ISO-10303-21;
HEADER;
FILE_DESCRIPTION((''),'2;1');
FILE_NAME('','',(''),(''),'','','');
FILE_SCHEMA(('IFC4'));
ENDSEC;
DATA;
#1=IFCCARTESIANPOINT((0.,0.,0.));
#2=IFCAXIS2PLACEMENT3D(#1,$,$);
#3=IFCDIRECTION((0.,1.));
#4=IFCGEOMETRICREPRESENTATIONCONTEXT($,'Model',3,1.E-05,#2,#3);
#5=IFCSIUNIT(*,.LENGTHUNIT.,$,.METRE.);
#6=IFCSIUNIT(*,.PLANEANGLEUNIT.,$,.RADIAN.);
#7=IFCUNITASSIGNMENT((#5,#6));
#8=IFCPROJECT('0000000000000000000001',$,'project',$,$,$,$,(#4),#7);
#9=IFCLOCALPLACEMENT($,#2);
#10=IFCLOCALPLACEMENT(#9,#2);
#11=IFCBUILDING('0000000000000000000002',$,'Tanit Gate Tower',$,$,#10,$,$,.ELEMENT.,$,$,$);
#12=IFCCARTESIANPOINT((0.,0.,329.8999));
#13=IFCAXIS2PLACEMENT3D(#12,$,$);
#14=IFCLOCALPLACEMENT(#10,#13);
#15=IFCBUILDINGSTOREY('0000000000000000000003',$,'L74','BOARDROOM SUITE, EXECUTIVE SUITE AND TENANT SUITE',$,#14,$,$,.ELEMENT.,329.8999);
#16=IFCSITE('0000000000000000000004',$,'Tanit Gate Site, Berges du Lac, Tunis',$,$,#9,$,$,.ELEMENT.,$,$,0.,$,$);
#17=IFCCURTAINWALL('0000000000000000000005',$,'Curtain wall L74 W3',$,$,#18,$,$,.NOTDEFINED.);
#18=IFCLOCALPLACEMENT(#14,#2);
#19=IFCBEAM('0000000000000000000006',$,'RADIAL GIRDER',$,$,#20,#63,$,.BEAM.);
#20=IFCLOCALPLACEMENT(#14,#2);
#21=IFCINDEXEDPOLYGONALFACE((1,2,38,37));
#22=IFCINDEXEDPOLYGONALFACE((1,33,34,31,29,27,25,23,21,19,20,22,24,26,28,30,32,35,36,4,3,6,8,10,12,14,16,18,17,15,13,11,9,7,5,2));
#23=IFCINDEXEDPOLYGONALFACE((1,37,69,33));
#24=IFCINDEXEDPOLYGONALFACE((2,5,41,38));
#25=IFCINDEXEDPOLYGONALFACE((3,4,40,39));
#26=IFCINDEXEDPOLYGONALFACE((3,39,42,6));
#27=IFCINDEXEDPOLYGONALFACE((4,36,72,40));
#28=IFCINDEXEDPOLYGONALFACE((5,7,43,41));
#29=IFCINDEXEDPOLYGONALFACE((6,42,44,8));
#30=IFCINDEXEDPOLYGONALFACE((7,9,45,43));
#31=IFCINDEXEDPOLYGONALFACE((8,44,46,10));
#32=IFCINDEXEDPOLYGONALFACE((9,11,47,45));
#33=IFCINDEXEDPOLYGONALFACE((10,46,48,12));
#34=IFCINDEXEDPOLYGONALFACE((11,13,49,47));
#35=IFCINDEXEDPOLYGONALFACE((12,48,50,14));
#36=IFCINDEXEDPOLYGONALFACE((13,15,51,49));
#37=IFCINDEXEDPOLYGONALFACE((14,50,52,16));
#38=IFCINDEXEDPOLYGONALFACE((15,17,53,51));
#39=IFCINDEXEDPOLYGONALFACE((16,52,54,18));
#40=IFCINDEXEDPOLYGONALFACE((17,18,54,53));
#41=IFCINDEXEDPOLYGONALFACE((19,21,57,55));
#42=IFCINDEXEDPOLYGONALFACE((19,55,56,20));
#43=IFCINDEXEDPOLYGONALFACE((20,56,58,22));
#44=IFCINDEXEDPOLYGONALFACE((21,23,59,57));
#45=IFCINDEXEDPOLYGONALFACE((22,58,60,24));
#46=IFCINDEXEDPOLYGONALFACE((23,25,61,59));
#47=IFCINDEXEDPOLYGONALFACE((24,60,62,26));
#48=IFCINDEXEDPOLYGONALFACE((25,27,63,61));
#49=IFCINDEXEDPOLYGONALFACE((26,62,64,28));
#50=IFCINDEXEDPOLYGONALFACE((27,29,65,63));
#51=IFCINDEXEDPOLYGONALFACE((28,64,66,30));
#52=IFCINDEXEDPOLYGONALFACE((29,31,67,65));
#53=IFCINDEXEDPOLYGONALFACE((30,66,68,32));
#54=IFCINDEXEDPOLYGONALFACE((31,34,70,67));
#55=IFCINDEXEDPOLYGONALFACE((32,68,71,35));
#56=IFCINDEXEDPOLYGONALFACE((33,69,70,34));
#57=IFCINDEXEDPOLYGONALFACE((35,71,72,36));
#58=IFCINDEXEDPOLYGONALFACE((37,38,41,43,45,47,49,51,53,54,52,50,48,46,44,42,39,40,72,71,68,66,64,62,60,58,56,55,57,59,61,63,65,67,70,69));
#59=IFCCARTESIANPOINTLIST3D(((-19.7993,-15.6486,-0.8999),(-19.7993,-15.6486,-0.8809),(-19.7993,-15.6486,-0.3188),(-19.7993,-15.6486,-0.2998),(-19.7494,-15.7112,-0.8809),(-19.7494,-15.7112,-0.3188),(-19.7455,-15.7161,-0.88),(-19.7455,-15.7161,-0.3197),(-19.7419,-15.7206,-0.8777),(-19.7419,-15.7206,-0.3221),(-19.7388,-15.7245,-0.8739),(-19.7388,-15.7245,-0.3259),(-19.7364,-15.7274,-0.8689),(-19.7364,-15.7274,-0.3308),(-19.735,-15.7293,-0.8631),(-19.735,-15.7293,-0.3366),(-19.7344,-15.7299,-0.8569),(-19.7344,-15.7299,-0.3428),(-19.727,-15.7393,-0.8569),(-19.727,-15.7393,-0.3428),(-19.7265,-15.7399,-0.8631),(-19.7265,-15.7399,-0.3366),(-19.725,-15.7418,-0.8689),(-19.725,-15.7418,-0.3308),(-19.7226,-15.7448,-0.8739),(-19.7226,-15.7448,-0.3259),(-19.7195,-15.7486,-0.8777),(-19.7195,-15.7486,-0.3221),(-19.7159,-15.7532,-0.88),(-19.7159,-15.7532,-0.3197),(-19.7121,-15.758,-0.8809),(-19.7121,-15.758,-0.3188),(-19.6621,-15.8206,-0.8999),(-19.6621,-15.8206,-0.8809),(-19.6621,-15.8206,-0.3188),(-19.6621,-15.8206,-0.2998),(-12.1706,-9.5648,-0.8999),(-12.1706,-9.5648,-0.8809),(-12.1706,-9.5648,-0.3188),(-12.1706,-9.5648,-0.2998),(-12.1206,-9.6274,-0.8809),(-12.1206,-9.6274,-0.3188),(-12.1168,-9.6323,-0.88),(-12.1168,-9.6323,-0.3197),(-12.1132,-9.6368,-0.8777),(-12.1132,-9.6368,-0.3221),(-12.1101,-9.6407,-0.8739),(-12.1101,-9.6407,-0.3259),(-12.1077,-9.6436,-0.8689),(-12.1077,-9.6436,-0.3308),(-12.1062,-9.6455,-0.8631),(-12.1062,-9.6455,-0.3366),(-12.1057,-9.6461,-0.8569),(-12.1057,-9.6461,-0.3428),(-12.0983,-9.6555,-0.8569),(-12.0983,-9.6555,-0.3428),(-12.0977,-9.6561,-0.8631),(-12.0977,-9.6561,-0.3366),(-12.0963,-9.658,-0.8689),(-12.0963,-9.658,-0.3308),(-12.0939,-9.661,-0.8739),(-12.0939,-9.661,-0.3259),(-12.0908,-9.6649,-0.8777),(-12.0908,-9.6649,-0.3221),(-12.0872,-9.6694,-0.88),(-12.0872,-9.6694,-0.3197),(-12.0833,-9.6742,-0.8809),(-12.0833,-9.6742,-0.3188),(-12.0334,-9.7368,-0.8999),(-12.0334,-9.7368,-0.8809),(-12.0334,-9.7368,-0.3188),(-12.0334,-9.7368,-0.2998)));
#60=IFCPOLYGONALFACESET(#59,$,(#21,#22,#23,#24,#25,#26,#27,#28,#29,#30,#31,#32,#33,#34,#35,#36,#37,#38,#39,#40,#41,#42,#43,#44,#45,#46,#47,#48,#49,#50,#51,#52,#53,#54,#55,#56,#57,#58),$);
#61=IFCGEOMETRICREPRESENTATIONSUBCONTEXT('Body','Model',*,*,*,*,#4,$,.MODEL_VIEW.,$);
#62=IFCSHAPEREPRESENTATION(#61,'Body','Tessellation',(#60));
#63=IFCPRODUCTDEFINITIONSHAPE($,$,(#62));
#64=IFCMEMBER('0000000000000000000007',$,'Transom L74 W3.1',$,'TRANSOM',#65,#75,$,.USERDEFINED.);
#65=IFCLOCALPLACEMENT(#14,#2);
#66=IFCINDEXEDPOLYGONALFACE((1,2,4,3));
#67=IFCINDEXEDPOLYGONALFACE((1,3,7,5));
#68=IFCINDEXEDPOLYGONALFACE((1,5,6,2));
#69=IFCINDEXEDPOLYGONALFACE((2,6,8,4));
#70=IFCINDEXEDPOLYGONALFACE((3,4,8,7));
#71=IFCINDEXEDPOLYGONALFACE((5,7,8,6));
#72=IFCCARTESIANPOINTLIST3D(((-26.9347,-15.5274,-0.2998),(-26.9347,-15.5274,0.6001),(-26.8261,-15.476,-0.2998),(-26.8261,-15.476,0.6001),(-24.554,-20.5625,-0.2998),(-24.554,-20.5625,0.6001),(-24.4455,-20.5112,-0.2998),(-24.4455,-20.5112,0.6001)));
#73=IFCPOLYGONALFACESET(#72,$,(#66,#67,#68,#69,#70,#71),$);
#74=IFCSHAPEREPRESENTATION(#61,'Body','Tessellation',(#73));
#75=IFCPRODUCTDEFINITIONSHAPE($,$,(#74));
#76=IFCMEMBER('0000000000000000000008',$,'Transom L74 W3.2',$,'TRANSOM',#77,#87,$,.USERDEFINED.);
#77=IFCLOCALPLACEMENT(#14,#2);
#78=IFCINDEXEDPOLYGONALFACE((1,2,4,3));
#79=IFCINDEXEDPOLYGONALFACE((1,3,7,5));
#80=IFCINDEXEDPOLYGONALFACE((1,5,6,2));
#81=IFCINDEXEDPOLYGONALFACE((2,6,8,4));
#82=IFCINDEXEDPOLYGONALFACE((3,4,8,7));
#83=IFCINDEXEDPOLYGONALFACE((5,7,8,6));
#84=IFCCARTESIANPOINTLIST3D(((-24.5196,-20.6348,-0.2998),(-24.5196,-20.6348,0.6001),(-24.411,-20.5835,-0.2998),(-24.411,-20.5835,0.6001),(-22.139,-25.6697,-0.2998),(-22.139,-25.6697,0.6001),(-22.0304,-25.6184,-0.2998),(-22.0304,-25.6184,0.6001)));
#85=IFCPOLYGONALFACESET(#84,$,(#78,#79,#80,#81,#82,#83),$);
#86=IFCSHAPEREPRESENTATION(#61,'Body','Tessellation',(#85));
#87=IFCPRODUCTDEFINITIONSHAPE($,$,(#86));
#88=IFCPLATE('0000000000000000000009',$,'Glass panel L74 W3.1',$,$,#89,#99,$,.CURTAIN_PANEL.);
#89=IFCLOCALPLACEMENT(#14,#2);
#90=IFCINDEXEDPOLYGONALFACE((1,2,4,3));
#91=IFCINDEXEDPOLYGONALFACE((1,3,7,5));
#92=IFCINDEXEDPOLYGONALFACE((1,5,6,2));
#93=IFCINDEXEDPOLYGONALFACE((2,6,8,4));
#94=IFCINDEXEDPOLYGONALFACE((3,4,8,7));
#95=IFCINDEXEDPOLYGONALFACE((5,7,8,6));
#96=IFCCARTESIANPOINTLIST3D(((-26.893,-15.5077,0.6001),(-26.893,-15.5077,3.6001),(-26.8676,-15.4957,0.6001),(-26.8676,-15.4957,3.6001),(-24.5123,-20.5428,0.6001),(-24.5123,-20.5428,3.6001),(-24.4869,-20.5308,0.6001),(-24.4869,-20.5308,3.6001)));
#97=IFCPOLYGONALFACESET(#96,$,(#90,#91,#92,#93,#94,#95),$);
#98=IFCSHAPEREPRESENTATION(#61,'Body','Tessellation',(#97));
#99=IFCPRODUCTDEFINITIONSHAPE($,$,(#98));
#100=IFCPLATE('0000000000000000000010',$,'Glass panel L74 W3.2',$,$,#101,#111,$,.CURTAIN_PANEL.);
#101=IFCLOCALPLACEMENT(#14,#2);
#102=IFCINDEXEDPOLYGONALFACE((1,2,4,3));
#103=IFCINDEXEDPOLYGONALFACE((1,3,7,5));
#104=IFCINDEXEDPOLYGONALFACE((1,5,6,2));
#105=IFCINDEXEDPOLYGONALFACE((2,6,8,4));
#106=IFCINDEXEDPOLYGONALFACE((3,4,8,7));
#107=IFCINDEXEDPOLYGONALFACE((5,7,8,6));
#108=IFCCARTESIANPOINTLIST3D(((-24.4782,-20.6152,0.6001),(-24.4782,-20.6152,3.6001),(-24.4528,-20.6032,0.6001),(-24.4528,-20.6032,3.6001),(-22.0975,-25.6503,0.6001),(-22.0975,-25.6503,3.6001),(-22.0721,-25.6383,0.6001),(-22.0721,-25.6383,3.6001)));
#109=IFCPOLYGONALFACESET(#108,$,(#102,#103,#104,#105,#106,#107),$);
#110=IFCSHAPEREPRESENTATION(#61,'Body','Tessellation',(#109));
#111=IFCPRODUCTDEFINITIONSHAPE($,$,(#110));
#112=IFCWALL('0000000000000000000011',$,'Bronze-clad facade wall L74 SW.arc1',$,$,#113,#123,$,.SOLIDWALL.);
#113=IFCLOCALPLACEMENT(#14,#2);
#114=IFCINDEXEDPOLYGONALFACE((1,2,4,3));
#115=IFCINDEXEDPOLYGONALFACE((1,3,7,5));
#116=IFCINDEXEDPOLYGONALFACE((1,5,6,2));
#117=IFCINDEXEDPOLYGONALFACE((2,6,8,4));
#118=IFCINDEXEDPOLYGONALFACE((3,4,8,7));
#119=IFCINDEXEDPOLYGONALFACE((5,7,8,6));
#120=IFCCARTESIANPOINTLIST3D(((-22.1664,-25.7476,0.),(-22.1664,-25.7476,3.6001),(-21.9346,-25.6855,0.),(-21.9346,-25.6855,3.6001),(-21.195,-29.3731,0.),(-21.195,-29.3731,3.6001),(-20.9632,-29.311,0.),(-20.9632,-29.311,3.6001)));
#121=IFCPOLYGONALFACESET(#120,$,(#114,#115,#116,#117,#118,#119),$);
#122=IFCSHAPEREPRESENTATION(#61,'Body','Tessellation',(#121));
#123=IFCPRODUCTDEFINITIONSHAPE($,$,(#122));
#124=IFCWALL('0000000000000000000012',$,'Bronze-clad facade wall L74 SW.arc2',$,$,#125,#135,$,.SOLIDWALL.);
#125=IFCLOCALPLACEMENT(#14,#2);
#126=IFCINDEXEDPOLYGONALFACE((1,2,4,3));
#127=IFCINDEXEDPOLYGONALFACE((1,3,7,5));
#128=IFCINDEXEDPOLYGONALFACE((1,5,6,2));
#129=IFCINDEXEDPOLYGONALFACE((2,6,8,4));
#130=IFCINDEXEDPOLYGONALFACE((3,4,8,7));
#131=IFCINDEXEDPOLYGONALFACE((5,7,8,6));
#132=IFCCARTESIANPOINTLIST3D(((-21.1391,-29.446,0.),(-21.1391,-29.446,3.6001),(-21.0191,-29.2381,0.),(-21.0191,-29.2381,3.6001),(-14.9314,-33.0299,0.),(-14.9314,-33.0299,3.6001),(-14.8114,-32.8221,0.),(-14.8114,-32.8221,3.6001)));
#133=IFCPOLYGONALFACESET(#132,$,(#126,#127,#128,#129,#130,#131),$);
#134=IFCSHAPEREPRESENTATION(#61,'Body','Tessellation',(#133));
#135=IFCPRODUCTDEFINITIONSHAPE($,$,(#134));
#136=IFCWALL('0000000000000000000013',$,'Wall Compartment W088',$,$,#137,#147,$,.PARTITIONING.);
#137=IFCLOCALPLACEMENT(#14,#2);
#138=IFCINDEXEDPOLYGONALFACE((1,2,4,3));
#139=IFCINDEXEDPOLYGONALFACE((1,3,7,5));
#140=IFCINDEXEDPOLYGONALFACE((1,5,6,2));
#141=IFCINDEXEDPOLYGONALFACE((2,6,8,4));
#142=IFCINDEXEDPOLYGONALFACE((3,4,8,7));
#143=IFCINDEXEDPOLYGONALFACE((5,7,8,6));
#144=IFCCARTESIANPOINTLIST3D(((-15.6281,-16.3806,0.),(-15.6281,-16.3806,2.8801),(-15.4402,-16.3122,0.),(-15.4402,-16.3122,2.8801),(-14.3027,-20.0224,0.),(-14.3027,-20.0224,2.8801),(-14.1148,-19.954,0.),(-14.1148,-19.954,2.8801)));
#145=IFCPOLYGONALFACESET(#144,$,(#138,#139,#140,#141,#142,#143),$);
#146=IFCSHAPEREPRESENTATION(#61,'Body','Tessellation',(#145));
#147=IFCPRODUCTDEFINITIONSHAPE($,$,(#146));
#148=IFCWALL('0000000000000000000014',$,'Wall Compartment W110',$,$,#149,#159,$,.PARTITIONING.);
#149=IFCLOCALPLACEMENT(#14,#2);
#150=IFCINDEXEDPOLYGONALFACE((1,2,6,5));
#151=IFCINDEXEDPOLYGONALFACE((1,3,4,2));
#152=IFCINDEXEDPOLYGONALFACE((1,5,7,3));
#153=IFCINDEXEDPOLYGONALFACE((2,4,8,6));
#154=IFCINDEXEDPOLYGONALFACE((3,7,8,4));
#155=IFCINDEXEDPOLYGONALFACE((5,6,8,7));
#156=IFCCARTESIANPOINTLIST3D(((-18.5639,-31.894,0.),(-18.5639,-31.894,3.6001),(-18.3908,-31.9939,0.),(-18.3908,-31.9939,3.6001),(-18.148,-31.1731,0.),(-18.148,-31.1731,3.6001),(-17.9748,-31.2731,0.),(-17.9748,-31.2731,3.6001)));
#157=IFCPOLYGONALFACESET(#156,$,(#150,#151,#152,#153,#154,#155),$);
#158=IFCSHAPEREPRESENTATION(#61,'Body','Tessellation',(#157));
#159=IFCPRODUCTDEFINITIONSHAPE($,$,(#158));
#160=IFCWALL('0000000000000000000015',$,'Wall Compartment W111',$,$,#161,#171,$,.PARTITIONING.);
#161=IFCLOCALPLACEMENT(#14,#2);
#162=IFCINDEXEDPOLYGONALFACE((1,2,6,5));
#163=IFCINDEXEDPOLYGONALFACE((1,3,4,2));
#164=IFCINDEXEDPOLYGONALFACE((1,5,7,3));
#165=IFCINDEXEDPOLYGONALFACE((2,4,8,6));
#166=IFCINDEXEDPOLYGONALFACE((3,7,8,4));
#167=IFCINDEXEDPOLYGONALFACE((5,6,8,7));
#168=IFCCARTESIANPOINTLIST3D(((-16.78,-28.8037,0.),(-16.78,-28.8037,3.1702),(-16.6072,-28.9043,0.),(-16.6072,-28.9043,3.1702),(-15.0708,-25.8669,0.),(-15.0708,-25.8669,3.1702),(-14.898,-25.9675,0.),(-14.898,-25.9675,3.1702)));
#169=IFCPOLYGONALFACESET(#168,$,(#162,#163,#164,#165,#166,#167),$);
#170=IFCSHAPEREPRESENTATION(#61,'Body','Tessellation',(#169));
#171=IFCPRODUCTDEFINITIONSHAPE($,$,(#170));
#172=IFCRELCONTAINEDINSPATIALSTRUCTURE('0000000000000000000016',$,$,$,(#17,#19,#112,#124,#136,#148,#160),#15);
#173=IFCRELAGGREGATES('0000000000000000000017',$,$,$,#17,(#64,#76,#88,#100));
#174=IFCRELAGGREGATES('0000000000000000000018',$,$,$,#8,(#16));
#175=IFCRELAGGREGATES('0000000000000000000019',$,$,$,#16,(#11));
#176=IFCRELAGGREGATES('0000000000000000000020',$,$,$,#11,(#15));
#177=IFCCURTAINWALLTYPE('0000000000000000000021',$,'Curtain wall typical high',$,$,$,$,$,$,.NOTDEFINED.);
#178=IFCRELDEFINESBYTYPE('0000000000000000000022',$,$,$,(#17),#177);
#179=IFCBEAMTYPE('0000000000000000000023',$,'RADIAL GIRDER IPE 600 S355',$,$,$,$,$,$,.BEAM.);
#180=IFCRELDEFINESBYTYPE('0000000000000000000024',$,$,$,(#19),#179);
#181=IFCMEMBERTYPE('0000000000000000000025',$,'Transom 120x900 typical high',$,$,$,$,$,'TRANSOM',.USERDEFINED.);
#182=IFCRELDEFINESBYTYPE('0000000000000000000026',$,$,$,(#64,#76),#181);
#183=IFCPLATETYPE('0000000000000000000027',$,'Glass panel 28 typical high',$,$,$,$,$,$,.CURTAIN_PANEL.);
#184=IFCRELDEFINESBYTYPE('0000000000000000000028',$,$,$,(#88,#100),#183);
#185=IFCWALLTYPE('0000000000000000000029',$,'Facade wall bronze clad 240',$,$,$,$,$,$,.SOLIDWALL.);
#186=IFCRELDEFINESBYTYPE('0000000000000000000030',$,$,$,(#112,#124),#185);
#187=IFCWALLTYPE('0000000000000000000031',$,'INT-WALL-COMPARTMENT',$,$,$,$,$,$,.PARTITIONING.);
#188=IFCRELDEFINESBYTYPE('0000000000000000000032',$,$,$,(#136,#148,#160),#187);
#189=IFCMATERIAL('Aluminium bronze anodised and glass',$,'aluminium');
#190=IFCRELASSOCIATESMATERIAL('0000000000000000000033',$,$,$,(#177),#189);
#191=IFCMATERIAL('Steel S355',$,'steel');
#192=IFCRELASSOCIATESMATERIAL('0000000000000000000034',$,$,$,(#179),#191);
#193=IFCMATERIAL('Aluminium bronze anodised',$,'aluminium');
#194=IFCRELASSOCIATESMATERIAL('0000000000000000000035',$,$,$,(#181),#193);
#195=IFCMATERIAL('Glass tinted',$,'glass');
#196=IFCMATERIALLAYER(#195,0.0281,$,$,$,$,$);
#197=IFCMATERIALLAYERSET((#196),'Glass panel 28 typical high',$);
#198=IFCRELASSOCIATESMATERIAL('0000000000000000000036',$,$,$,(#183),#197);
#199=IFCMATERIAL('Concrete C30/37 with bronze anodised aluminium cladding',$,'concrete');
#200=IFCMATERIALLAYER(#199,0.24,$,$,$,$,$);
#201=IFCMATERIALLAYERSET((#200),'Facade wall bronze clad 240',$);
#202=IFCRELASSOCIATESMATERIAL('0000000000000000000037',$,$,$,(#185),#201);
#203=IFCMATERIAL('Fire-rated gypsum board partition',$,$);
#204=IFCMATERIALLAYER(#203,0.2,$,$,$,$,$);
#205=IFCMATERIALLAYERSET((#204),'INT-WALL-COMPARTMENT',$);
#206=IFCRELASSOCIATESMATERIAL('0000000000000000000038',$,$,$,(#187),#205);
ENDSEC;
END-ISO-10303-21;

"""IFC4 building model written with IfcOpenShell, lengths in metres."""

from ifc_helpers import new_model, si_unit, direction, frame, frame_2d, origin, origin_2d, place, context, subcontext, project, spatial, rectangle, i_section, extrude, material, layer, layer_set, material_profile, profile_set, type_object, element, aggregate, save


model = new_model("IFC4")

# Units and contexts
model_context = context("Model", 3, precision=1e-05, world=origin(), true_north=direction((0.0, 1.0)))
body_context = subcontext(model_context, "Body", "Model", "MODEL_VIEW")
ifc_project = project(units=[si_unit("LENGTHUNIT", "METRE"), si_unit("PLANEANGLEUNIT", "RADIAN")], contexts=[model_context])

# Site, building, storey
site_placement = place(None, origin())
site = spatial("IfcSite", under=ifc_project, at=site_placement, Name="Tanit Gate Site, Berges du Lac, Tunis", CompositionType="ELEMENT", RefElevation=0.0)
building_placement = place(site_placement, origin())
building = spatial("IfcBuilding", under=site, at=building_placement, Name="Tanit Gate Tower", CompositionType="ELEMENT")
storey_placement = place(building_placement, frame((0.0, 0.0, 329.8999)))
storey = spatial("IfcBuildingStorey", under=building, at=storey_placement, Name="L74", Description="BOARDROOM SUITE, EXECUTIVE SUITE AND TENANT SUITE", CompositionType="ELEMENT", Elevation=329.8999)

# Curtain wall
ifc_material_1 = material(Name="Aluminium bronze anodised and glass", Category="aluminium")
curtain_wall_type = type_object("IfcCurtainWallType", Name="Curtain wall typical high", PredefinedType="NOTDEFINED", material=ifc_material_1)
curtain_wall_placement = place(storey_placement, origin())
curtain_wall = element("IfcCurtainWall", 1, at=curtain_wall_placement, inside=storey, type_object=curtain_wall_type, Name="Curtain wall L74 W3", PredefinedType="NOTDEFINED")

# Beam
ifc_material_2 = material(Name="Steel S355", Category="steel")
ifc_material_profile_1 = material_profile(ifc_material_2, i_section(OverallWidth=0.22, OverallDepth=0.6001, WebThickness=0.012, FlangeThickness=0.019, FilletRadius=0.0239, at=origin_2d()), Name="IPE 600")
ifc_profile_set_1 = profile_set([ifc_material_profile_1], Name="Steel S355")
beam_type_1 = type_object("IfcBeamType", Name="RADIAL GIRDER IPE 600 S355", PredefinedType="BEAM", material=ifc_profile_set_1)
beam_1_placement = place(storey_placement, frame((-19.7307, -15.7346, -0.5999), z_axis=(0.781827, 0.623495, 0.0), x_axis=(-0.623495, 0.781827, 0.0)))
element("IfcBeam", 2, at=beam_1_placement, inside=storey, type_object=beam_type_1, Name="RADIAL GIRDER", PredefinedType="BEAM", context=body_context, shape_type="SweptSolid", body=[
    extrude(i_section(OverallWidth=0.22, OverallDepth=0.6001, WebThickness=0.012, FlangeThickness=0.019, FilletRadius=0.0239, at=origin_2d()), origin(), (0.0, 0.0, 1.0), 9.7576),
])

# Members
ifc_material_3 = material(Name="Aluminium bronze anodised", Category="aluminium")
ifc_material_profile_2 = material_profile(ifc_material_3, rectangle(XDim=0.1201, YDim=0.8999, at=origin_2d()), Name="120x900 bronze transom")
ifc_profile_set_2 = profile_set([ifc_material_profile_2], Name="Aluminium bronze anodised")
member_type_1 = type_object("IfcMemberType", Name="Transom 120x900 typical high", ElementType="TRANSOM", PredefinedType="USERDEFINED", material=ifc_profile_set_2)
member_1_placement = place(storey_placement, frame((-26.8804, -15.5017, 0.1501), z_axis=(0.427432, -0.904047, 0.0), x_axis=(0.904047, 0.427432, 0.0)))
member_1 = element("IfcMember", 3, at=member_1_placement, type_object=member_type_1, Name="Transom L74 W3.1", ObjectType="TRANSOM", PredefinedType="USERDEFINED", context=body_context, shape_type="SweptSolid", body=[
    extrude(rectangle(XDim=0.1201, YDim=0.8999, at=origin_2d()), origin(), (0.0, 0.0, 1.0), 5.5696),
])
member_2_placement = place(storey_placement, frame((-24.4653, -20.6091, 0.1501), z_axis=(0.427449, -0.904039, 0.0), x_axis=(0.904039, 0.427449, 0.0)))
member_2 = element("IfcMember", 4, at=member_2_placement, type_object=member_type_1, Name="Transom L74 W3.2", ObjectType="TRANSOM", PredefinedType="USERDEFINED", context=body_context, shape_type="SweptSolid", body=[
    extrude(rectangle(XDim=0.1201, YDim=0.8999, at=origin_2d()), origin(), (0.0, 0.0, 1.0), 5.5693),
])

# Plates
ifc_material_4 = material(Name="Glass tinted", Category="glass")
ifc_layer_1 = layer(ifc_material_4, 0.0281)
ifc_layer_set_1 = layer_set([ifc_layer_1], Name="Glass panel 28 typical high")
plate_type = type_object("IfcPlateType", Name="Glass panel 28 typical high", PredefinedType="CURTAIN_PANEL", material=ifc_layer_set_1)
plate_1_placement = place(storey_placement, frame((-25.6899, -18.0193, 0.6001), z_axis=(0.0, 0.0, 1.0), x_axis=(0.427456, -0.904036, 0.0)))
plate_1 = element("IfcPlate", 5, at=plate_1_placement, type_object=plate_type, Name="Glass panel L74 W3.1", PredefinedType="CURTAIN_PANEL", context=body_context, shape_type="SweptSolid", body=[
    extrude(rectangle(XDim=5.5696, YDim=0.0281, at=origin_2d()), origin(), (0.0, 0.0, 1.0), 3.0),
])
plate_2_placement = place(storey_placement, frame((-23.2751, -23.1267, 0.6001), z_axis=(0.0, 0.0, 1.0), x_axis=(0.427456, -0.904036, 0.0)))
plate_2 = element("IfcPlate", 6, at=plate_2_placement, type_object=plate_type, Name="Glass panel L74 W3.2", PredefinedType="CURTAIN_PANEL", context=body_context, shape_type="SweptSolid", body=[
    extrude(rectangle(XDim=5.5696, YDim=0.0281, at=origin_2d()), origin(), (0.0, 0.0, 1.0), 3.0),
])
aggregate(curtain_wall, [member_1, member_2, plate_1, plate_2])

# Walls
ifc_material_5 = material(Name="Concrete C30/37 with bronze anodised aluminium cladding", Category="concrete")
ifc_layer_2 = layer(ifc_material_5, 0.24)
ifc_layer_set_2 = layer_set([ifc_layer_2], Name="Facade wall bronze clad 240")
wall_type_1 = type_object("IfcWallType", Name="Facade wall bronze clad 240", PredefinedType="SOLIDWALL", material=ifc_layer_set_2)
wall_1_placement = place(storey_placement, frame((-22.0505, -25.7166, 0.0), z_axis=(0.0, 0.0, 1.0), x_axis=(0.258816, -0.965927, 0.0)))
element("IfcWall", 7, at=wall_1_placement, inside=storey, type_object=wall_type_1, Name="Bronze-clad facade wall L74 SW.arc1", PredefinedType="SOLIDWALL", context=body_context, shape_type="SweptSolid", body=[
    extrude(rectangle(XDim=3.7534, YDim=0.24, at=frame_2d((1.8767, 0.0))), origin(), (0.0, 0.0, 1.0), 3.6001),
])
wall_2_placement = place(storey_placement, frame((-21.0791, -29.342, 0.0), z_axis=(0.0, 0.0, 1.0), x_axis=(0.86603, -0.499993, 0.0)))
element("IfcWall", 8, at=wall_2_placement, inside=storey, type_object=wall_type_1, Name="Bronze-clad facade wall L74 SW.arc2", PredefinedType="SOLIDWALL", context=body_context, shape_type="SweptSolid", body=[
    extrude(rectangle(XDim=7.168, YDim=0.24, at=frame_2d((3.584, 0.0))), origin(), (0.0, 0.0, 1.0), 3.6001),
])
ifc_material_6 = material(Name="Fire-rated gypsum board partition")
ifc_layer_3 = layer(ifc_material_6, 0.2)
ifc_layer_set_3 = layer_set([ifc_layer_3], Name="INT-WALL-COMPARTMENT")
wall_type_2 = type_object("IfcWallType", Name="INT-WALL-COMPARTMENT", PredefinedType="PARTITIONING", material=ifc_layer_set_3)
wall_3_placement = place(storey_placement, frame((-15.5342, -16.3464, 0.0), z_axis=(0.0, 0.0, 1.0), x_axis=(0.342001, -0.9397, 0.0)))
element("IfcWall", 9, at=wall_3_placement, inside=storey, type_object=wall_type_2, Name="Wall Compartment W088", PredefinedType="PARTITIONING", context=body_context, shape_type="SweptSolid", body=[
    extrude(rectangle(XDim=3.8755, YDim=0.2, at=frame_2d((1.9377, 0.0))), origin(), (0.0, 0.0, 1.0), 2.8801),
])
wall_4_placement = place(storey_placement, frame((-18.4773, -31.9438, 0.0), z_axis=(0.0, 0.0, 1.0), x_axis=(0.499799, 0.866142, 0.0)))
element("IfcWall", 10, at=wall_4_placement, inside=storey, type_object=wall_type_2, Name="Wall Compartment W110", PredefinedType="PARTITIONING", context=body_context, shape_type="SweptSolid", body=[
    extrude(rectangle(XDim=0.8323, YDim=0.2, at=frame_2d((0.416, 0.0))), origin(), (0.0, 0.0, 1.0), 3.6001),
])
wall_5_placement = place(storey_placement, frame((-16.6936, -28.854, 0.0), z_axis=(0.0, 0.0, 1.0), x_axis=(0.503018, 0.864276, 0.0)))
element("IfcWall", 11, at=wall_5_placement, inside=storey, type_object=wall_type_2, Name="Wall Compartment W111", PredefinedType="PARTITIONING", context=body_context, shape_type="SweptSolid", body=[
    extrude(rectangle(XDim=3.3979, YDim=0.2, at=frame_2d((1.699, 0.0))), origin(), (0.0, 0.0, 1.0), 3.1702),
])

save(model, "model.ifc")
